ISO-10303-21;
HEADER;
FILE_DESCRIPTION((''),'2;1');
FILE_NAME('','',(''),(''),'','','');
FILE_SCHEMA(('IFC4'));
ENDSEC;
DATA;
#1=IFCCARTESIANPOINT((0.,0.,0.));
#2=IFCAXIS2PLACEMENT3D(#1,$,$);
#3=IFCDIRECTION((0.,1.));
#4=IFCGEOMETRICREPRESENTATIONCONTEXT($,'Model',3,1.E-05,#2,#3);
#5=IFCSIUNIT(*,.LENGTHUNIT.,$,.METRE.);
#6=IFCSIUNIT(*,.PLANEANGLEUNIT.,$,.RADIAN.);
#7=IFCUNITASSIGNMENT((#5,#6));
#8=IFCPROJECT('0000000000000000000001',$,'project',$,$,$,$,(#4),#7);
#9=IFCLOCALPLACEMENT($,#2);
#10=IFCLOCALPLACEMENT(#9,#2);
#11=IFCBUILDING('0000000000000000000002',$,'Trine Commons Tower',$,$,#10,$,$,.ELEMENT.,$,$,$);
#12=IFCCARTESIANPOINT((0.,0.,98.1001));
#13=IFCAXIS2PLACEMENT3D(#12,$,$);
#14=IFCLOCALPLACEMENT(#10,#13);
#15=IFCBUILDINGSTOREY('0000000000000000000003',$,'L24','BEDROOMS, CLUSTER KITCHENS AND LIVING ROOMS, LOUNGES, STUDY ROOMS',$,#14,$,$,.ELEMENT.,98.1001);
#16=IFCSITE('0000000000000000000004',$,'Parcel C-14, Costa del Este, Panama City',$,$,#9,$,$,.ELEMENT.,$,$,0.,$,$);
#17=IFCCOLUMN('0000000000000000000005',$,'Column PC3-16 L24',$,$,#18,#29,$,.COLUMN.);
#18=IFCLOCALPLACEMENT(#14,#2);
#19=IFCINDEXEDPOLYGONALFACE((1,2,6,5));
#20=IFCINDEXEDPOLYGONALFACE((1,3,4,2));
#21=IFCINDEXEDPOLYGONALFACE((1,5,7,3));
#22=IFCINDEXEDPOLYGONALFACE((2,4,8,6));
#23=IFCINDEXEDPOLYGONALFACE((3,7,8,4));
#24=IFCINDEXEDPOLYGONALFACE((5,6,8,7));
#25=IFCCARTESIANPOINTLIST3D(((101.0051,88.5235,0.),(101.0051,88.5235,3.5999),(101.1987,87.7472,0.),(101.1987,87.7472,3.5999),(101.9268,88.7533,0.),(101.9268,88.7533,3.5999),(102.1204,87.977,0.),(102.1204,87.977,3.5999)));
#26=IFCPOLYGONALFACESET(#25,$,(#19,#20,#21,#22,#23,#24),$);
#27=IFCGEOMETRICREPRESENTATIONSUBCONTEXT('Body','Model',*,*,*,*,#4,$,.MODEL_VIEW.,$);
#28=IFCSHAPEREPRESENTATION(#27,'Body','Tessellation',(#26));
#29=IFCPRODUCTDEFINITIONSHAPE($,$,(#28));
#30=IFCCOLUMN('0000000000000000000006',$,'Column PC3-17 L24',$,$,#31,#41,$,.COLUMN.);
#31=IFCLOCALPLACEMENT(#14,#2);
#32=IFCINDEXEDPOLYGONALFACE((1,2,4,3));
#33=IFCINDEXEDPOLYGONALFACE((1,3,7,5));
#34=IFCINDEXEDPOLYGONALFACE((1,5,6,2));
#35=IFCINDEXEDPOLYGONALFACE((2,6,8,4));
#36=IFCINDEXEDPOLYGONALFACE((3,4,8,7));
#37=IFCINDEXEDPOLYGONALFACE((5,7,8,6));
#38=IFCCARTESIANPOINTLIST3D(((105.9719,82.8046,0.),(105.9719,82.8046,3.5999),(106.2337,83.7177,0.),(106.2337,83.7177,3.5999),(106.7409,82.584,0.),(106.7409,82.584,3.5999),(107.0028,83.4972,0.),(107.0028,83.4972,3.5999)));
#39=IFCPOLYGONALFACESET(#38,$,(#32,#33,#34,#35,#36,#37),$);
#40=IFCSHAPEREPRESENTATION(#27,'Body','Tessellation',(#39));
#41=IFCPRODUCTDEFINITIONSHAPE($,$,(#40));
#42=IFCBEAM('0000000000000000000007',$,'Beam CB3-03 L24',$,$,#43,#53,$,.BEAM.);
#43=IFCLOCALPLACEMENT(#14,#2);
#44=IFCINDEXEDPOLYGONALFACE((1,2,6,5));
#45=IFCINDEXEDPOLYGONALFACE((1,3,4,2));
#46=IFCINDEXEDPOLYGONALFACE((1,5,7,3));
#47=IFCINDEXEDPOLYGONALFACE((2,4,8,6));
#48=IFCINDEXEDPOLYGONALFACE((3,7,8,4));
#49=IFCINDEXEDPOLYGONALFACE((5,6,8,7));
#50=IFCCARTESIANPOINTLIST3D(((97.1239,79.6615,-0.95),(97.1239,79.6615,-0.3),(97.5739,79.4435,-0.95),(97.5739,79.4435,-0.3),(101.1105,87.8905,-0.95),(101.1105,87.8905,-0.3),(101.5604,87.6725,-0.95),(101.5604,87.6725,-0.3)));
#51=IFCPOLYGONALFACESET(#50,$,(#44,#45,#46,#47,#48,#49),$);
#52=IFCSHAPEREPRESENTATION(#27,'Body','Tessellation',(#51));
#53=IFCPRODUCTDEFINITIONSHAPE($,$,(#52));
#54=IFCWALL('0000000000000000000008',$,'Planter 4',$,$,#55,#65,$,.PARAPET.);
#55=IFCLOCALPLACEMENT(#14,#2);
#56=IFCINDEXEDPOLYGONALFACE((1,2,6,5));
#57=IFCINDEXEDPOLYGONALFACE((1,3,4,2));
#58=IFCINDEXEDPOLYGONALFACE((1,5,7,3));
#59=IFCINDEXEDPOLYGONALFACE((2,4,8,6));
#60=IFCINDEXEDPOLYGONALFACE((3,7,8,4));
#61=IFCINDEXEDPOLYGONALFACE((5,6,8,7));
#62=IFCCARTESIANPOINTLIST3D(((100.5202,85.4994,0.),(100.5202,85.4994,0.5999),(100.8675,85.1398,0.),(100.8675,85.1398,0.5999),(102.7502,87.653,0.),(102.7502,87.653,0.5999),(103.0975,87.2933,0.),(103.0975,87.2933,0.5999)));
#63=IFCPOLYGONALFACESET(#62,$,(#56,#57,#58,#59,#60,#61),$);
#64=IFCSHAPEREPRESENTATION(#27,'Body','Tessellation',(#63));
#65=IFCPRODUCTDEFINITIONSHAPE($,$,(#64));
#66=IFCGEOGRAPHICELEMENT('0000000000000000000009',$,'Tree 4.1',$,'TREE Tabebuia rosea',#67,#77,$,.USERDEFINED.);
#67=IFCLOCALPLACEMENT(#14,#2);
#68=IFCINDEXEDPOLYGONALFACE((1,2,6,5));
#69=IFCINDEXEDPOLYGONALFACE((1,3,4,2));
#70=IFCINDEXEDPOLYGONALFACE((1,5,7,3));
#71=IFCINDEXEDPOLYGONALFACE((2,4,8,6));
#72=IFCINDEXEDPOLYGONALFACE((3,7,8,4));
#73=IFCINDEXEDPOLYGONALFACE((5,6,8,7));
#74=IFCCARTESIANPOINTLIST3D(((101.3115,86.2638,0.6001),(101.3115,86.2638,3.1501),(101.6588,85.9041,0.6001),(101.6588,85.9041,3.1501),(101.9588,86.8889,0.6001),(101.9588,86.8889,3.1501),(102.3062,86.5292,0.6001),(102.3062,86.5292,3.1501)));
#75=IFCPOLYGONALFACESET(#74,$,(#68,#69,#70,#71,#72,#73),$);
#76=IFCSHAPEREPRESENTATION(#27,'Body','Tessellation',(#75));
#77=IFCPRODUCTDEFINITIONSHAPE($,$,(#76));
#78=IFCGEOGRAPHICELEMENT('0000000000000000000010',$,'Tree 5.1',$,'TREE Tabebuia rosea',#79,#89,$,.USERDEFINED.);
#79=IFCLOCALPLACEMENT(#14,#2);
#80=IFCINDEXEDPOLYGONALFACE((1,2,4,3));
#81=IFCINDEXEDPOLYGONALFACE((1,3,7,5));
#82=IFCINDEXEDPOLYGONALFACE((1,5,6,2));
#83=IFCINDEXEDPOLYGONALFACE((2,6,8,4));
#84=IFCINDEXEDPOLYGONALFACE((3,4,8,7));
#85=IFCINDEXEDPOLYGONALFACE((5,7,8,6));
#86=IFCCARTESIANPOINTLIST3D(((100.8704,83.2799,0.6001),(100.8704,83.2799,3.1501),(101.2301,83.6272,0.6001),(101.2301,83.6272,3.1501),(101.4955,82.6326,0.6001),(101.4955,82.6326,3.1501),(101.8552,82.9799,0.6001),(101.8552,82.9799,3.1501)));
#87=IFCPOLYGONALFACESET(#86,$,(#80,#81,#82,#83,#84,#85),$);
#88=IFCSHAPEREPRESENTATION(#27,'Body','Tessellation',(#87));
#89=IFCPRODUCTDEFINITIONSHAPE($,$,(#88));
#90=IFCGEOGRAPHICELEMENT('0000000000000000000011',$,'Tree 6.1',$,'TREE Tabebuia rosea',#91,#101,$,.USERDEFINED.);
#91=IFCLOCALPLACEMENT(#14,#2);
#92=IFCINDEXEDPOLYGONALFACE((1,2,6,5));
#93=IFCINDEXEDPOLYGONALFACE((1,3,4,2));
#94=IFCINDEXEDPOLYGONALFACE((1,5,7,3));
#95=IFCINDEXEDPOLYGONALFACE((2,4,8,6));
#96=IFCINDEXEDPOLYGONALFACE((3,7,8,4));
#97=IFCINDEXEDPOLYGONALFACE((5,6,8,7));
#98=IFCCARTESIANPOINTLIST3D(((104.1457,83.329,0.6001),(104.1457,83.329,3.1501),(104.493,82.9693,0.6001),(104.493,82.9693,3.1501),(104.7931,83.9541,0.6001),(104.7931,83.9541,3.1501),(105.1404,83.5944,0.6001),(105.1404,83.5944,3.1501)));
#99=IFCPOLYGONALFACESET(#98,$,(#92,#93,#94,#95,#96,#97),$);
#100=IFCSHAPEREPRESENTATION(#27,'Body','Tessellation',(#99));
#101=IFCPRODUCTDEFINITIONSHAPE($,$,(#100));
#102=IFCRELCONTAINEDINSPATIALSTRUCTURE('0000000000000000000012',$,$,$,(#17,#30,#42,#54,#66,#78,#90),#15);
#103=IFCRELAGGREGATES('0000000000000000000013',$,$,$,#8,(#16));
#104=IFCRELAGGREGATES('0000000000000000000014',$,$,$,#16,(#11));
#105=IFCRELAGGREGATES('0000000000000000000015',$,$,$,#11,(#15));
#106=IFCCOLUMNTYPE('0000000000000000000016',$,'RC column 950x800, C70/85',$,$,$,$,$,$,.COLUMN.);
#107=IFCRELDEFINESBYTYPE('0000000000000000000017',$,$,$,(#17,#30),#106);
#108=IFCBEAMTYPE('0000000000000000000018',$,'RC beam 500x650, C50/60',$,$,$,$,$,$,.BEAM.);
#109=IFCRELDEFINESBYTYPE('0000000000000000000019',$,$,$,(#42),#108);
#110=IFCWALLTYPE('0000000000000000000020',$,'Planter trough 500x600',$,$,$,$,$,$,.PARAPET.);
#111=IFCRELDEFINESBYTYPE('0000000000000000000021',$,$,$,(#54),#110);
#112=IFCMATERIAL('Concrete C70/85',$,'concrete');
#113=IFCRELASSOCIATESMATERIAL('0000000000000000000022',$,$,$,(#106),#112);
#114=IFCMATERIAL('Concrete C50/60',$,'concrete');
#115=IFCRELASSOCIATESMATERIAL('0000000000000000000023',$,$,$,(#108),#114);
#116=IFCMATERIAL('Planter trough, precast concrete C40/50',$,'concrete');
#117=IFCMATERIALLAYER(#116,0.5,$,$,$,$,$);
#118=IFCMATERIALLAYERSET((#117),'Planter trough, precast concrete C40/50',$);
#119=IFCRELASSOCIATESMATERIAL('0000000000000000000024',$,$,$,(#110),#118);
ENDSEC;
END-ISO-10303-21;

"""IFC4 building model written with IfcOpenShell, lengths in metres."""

from ifc_helpers import new_model, si_unit, direction, frame, frame_2d, origin, origin_2d, place, context, subcontext, project, spatial, rectangle, extrude, material, layer, layer_set, material_profile, profile_set, type_object, element, save


model = new_model("IFC4")

# Units and contexts
model_context = context("Model", 3, precision=1e-05, world=origin(), true_north=direction((0.0, 1.0)))
body_context = subcontext(model_context, "Body", "Model", "MODEL_VIEW")
ifc_project = project(units=[si_unit("LENGTHUNIT", "METRE"), si_unit("PLANEANGLEUNIT", "RADIAN")], contexts=[model_context])

# Site, building, storey
site_placement = place(None, origin())
site = spatial("IfcSite", under=ifc_project, at=site_placement, Name="Parcel C-14, Costa del Este, Panama City", CompositionType="ELEMENT", RefElevation=0.0)
building_placement = place(site_placement, origin())
building = spatial("IfcBuilding", under=site, at=building_placement, Name="Trine Commons Tower", CompositionType="ELEMENT")
storey_placement = place(building_placement, frame((0.0, 0.0, 98.1001)))
storey = spatial("IfcBuildingStorey", under=building, at=storey_placement, Name="L24", Description="BEDROOMS, CLUSTER KITCHENS AND LIVING ROOMS, LOUNGES, STUDY ROOMS", CompositionType="ELEMENT", Elevation=98.1001)

# Columns
ifc_material_1 = material(Name="Concrete C70/85", Category="concrete")
ifc_material_profile_1 = material_profile(ifc_material_1, rectangle(XDim=0.95, YDim=0.8, at=origin_2d()), Name="RC 950x800")
ifc_profile_set_1 = profile_set([ifc_material_profile_1], Name="Concrete C70/85")
column_type = type_object("IfcColumnType", Name="RC column 950x800, C70/85", PredefinedType="COLUMN", material=ifc_profile_set_1)
for number, where, z_axis, x_axis, name in (
    (1, (101.5627, 88.2502, 0.0), (0.0, 0.0, 1.0), (0.970296, 0.241922, 0.0), "Column PC3-16 L24"),
    (2, (106.4873, 83.1509, 0.0), (0.0, 0.0, 1.0), (0.275637, 0.961262, 0.0), "Column PC3-17 L24"),
):
    element("IfcColumn", number, at=place(storey_placement, frame(where, z_axis=z_axis, x_axis=x_axis)), inside=storey, type_object=column_type, Name=name, PredefinedType="COLUMN", context=body_context, shape_type="SweptSolid", body=[
        extrude(rectangle(XDim=0.95, YDim=0.8, at=origin_2d()), origin(), (0.0, 0.0, 1.0), 3.5999),
    ])

# Beam
ifc_material_2 = material(Name="Concrete C50/60", Category="concrete")
ifc_material_profile_2 = material_profile(ifc_material_2, rectangle(XDim=0.5, YDim=0.6499, at=origin_2d()), Name="RC 500x650")
ifc_profile_set_2 = profile_set([ifc_material_profile_2], Name="Concrete C50/60")
beam_type = type_object("IfcBeamType", Name="RC beam 500x650, C50/60", PredefinedType="BEAM", material=ifc_profile_set_2)
beam_placement = place(storey_placement, frame((101.3354, 87.7815, -0.625), z_axis=(-0.435986, -0.899953, 0.0), x_axis=(0.899953, -0.435986, 0.0)))
element("IfcBeam", 3, at=beam_placement, inside=storey, type_object=beam_type, Name="Beam CB3-03 L24", PredefinedType="BEAM", context=body_context, shape_type="SweptSolid", body=[
    extrude(rectangle(XDim=0.5, YDim=0.6499, at=origin_2d()), origin(), (0.0, 0.0, 1.0), 9.1438),
])

# Wall
ifc_material_3 = material(Name="Planter trough, precast concrete C40/50", Category="concrete")
ifc_layer = layer(ifc_material_3, 0.5)
ifc_layer_set = layer_set([ifc_layer], Name="Planter trough, precast concrete C40/50")
wall_type = type_object("IfcWallType", Name="Planter trough 500x600", PredefinedType="PARAPET", material=ifc_layer_set)
wall_placement = place(storey_placement, frame((102.9238, 87.4731, 0.0), z_axis=(0.0, 0.0, 1.0), x_axis=(-0.719324, -0.694675, 0.0)))
element("IfcWall", 4, at=wall_placement, inside=storey, type_object=wall_type, Name="Planter 4", PredefinedType="PARAPET", context=body_context, shape_type="SweptSolid", body=[
    extrude(rectangle(XDim=3.1001, YDim=0.5, at=frame_2d((1.55, 0.0))), origin(), (0.0, 0.0, 1.0), 0.5999),
])

# Geographic elements
for number, where, z_axis, x_axis, name in (
    (5, (101.8088, 86.3965, 0.6001), (0.0, 0.0, 1.0), (-0.719333, -0.694666, 0.0), "Tree 4.1"),
    (6, (101.3628, 83.1299, 0.6001), (0.0, 0.0, 1.0), (0.694658, -0.71934, 0.0), "Tree 5.1"),
    (7, (104.6431, 83.4617, 0.6001), (0.0, 0.0, 1.0), (0.719363, 0.694635, 0.0), "Tree 6.1"),
):
    element("IfcGeographicElement", number, at=place(storey_placement, frame(where, z_axis=z_axis, x_axis=x_axis)), inside=storey, Name=name, ObjectType="TREE Tabebuia rosea", PredefinedType="USERDEFINED", context=body_context, shape_type="SweptSolid", body=[
        extrude(rectangle(XDim=0.8999, YDim=0.5, at=origin_2d()), origin(), (0.0, 0.0, 1.0), 2.55),
    ])

save(model, "model.ifc")
